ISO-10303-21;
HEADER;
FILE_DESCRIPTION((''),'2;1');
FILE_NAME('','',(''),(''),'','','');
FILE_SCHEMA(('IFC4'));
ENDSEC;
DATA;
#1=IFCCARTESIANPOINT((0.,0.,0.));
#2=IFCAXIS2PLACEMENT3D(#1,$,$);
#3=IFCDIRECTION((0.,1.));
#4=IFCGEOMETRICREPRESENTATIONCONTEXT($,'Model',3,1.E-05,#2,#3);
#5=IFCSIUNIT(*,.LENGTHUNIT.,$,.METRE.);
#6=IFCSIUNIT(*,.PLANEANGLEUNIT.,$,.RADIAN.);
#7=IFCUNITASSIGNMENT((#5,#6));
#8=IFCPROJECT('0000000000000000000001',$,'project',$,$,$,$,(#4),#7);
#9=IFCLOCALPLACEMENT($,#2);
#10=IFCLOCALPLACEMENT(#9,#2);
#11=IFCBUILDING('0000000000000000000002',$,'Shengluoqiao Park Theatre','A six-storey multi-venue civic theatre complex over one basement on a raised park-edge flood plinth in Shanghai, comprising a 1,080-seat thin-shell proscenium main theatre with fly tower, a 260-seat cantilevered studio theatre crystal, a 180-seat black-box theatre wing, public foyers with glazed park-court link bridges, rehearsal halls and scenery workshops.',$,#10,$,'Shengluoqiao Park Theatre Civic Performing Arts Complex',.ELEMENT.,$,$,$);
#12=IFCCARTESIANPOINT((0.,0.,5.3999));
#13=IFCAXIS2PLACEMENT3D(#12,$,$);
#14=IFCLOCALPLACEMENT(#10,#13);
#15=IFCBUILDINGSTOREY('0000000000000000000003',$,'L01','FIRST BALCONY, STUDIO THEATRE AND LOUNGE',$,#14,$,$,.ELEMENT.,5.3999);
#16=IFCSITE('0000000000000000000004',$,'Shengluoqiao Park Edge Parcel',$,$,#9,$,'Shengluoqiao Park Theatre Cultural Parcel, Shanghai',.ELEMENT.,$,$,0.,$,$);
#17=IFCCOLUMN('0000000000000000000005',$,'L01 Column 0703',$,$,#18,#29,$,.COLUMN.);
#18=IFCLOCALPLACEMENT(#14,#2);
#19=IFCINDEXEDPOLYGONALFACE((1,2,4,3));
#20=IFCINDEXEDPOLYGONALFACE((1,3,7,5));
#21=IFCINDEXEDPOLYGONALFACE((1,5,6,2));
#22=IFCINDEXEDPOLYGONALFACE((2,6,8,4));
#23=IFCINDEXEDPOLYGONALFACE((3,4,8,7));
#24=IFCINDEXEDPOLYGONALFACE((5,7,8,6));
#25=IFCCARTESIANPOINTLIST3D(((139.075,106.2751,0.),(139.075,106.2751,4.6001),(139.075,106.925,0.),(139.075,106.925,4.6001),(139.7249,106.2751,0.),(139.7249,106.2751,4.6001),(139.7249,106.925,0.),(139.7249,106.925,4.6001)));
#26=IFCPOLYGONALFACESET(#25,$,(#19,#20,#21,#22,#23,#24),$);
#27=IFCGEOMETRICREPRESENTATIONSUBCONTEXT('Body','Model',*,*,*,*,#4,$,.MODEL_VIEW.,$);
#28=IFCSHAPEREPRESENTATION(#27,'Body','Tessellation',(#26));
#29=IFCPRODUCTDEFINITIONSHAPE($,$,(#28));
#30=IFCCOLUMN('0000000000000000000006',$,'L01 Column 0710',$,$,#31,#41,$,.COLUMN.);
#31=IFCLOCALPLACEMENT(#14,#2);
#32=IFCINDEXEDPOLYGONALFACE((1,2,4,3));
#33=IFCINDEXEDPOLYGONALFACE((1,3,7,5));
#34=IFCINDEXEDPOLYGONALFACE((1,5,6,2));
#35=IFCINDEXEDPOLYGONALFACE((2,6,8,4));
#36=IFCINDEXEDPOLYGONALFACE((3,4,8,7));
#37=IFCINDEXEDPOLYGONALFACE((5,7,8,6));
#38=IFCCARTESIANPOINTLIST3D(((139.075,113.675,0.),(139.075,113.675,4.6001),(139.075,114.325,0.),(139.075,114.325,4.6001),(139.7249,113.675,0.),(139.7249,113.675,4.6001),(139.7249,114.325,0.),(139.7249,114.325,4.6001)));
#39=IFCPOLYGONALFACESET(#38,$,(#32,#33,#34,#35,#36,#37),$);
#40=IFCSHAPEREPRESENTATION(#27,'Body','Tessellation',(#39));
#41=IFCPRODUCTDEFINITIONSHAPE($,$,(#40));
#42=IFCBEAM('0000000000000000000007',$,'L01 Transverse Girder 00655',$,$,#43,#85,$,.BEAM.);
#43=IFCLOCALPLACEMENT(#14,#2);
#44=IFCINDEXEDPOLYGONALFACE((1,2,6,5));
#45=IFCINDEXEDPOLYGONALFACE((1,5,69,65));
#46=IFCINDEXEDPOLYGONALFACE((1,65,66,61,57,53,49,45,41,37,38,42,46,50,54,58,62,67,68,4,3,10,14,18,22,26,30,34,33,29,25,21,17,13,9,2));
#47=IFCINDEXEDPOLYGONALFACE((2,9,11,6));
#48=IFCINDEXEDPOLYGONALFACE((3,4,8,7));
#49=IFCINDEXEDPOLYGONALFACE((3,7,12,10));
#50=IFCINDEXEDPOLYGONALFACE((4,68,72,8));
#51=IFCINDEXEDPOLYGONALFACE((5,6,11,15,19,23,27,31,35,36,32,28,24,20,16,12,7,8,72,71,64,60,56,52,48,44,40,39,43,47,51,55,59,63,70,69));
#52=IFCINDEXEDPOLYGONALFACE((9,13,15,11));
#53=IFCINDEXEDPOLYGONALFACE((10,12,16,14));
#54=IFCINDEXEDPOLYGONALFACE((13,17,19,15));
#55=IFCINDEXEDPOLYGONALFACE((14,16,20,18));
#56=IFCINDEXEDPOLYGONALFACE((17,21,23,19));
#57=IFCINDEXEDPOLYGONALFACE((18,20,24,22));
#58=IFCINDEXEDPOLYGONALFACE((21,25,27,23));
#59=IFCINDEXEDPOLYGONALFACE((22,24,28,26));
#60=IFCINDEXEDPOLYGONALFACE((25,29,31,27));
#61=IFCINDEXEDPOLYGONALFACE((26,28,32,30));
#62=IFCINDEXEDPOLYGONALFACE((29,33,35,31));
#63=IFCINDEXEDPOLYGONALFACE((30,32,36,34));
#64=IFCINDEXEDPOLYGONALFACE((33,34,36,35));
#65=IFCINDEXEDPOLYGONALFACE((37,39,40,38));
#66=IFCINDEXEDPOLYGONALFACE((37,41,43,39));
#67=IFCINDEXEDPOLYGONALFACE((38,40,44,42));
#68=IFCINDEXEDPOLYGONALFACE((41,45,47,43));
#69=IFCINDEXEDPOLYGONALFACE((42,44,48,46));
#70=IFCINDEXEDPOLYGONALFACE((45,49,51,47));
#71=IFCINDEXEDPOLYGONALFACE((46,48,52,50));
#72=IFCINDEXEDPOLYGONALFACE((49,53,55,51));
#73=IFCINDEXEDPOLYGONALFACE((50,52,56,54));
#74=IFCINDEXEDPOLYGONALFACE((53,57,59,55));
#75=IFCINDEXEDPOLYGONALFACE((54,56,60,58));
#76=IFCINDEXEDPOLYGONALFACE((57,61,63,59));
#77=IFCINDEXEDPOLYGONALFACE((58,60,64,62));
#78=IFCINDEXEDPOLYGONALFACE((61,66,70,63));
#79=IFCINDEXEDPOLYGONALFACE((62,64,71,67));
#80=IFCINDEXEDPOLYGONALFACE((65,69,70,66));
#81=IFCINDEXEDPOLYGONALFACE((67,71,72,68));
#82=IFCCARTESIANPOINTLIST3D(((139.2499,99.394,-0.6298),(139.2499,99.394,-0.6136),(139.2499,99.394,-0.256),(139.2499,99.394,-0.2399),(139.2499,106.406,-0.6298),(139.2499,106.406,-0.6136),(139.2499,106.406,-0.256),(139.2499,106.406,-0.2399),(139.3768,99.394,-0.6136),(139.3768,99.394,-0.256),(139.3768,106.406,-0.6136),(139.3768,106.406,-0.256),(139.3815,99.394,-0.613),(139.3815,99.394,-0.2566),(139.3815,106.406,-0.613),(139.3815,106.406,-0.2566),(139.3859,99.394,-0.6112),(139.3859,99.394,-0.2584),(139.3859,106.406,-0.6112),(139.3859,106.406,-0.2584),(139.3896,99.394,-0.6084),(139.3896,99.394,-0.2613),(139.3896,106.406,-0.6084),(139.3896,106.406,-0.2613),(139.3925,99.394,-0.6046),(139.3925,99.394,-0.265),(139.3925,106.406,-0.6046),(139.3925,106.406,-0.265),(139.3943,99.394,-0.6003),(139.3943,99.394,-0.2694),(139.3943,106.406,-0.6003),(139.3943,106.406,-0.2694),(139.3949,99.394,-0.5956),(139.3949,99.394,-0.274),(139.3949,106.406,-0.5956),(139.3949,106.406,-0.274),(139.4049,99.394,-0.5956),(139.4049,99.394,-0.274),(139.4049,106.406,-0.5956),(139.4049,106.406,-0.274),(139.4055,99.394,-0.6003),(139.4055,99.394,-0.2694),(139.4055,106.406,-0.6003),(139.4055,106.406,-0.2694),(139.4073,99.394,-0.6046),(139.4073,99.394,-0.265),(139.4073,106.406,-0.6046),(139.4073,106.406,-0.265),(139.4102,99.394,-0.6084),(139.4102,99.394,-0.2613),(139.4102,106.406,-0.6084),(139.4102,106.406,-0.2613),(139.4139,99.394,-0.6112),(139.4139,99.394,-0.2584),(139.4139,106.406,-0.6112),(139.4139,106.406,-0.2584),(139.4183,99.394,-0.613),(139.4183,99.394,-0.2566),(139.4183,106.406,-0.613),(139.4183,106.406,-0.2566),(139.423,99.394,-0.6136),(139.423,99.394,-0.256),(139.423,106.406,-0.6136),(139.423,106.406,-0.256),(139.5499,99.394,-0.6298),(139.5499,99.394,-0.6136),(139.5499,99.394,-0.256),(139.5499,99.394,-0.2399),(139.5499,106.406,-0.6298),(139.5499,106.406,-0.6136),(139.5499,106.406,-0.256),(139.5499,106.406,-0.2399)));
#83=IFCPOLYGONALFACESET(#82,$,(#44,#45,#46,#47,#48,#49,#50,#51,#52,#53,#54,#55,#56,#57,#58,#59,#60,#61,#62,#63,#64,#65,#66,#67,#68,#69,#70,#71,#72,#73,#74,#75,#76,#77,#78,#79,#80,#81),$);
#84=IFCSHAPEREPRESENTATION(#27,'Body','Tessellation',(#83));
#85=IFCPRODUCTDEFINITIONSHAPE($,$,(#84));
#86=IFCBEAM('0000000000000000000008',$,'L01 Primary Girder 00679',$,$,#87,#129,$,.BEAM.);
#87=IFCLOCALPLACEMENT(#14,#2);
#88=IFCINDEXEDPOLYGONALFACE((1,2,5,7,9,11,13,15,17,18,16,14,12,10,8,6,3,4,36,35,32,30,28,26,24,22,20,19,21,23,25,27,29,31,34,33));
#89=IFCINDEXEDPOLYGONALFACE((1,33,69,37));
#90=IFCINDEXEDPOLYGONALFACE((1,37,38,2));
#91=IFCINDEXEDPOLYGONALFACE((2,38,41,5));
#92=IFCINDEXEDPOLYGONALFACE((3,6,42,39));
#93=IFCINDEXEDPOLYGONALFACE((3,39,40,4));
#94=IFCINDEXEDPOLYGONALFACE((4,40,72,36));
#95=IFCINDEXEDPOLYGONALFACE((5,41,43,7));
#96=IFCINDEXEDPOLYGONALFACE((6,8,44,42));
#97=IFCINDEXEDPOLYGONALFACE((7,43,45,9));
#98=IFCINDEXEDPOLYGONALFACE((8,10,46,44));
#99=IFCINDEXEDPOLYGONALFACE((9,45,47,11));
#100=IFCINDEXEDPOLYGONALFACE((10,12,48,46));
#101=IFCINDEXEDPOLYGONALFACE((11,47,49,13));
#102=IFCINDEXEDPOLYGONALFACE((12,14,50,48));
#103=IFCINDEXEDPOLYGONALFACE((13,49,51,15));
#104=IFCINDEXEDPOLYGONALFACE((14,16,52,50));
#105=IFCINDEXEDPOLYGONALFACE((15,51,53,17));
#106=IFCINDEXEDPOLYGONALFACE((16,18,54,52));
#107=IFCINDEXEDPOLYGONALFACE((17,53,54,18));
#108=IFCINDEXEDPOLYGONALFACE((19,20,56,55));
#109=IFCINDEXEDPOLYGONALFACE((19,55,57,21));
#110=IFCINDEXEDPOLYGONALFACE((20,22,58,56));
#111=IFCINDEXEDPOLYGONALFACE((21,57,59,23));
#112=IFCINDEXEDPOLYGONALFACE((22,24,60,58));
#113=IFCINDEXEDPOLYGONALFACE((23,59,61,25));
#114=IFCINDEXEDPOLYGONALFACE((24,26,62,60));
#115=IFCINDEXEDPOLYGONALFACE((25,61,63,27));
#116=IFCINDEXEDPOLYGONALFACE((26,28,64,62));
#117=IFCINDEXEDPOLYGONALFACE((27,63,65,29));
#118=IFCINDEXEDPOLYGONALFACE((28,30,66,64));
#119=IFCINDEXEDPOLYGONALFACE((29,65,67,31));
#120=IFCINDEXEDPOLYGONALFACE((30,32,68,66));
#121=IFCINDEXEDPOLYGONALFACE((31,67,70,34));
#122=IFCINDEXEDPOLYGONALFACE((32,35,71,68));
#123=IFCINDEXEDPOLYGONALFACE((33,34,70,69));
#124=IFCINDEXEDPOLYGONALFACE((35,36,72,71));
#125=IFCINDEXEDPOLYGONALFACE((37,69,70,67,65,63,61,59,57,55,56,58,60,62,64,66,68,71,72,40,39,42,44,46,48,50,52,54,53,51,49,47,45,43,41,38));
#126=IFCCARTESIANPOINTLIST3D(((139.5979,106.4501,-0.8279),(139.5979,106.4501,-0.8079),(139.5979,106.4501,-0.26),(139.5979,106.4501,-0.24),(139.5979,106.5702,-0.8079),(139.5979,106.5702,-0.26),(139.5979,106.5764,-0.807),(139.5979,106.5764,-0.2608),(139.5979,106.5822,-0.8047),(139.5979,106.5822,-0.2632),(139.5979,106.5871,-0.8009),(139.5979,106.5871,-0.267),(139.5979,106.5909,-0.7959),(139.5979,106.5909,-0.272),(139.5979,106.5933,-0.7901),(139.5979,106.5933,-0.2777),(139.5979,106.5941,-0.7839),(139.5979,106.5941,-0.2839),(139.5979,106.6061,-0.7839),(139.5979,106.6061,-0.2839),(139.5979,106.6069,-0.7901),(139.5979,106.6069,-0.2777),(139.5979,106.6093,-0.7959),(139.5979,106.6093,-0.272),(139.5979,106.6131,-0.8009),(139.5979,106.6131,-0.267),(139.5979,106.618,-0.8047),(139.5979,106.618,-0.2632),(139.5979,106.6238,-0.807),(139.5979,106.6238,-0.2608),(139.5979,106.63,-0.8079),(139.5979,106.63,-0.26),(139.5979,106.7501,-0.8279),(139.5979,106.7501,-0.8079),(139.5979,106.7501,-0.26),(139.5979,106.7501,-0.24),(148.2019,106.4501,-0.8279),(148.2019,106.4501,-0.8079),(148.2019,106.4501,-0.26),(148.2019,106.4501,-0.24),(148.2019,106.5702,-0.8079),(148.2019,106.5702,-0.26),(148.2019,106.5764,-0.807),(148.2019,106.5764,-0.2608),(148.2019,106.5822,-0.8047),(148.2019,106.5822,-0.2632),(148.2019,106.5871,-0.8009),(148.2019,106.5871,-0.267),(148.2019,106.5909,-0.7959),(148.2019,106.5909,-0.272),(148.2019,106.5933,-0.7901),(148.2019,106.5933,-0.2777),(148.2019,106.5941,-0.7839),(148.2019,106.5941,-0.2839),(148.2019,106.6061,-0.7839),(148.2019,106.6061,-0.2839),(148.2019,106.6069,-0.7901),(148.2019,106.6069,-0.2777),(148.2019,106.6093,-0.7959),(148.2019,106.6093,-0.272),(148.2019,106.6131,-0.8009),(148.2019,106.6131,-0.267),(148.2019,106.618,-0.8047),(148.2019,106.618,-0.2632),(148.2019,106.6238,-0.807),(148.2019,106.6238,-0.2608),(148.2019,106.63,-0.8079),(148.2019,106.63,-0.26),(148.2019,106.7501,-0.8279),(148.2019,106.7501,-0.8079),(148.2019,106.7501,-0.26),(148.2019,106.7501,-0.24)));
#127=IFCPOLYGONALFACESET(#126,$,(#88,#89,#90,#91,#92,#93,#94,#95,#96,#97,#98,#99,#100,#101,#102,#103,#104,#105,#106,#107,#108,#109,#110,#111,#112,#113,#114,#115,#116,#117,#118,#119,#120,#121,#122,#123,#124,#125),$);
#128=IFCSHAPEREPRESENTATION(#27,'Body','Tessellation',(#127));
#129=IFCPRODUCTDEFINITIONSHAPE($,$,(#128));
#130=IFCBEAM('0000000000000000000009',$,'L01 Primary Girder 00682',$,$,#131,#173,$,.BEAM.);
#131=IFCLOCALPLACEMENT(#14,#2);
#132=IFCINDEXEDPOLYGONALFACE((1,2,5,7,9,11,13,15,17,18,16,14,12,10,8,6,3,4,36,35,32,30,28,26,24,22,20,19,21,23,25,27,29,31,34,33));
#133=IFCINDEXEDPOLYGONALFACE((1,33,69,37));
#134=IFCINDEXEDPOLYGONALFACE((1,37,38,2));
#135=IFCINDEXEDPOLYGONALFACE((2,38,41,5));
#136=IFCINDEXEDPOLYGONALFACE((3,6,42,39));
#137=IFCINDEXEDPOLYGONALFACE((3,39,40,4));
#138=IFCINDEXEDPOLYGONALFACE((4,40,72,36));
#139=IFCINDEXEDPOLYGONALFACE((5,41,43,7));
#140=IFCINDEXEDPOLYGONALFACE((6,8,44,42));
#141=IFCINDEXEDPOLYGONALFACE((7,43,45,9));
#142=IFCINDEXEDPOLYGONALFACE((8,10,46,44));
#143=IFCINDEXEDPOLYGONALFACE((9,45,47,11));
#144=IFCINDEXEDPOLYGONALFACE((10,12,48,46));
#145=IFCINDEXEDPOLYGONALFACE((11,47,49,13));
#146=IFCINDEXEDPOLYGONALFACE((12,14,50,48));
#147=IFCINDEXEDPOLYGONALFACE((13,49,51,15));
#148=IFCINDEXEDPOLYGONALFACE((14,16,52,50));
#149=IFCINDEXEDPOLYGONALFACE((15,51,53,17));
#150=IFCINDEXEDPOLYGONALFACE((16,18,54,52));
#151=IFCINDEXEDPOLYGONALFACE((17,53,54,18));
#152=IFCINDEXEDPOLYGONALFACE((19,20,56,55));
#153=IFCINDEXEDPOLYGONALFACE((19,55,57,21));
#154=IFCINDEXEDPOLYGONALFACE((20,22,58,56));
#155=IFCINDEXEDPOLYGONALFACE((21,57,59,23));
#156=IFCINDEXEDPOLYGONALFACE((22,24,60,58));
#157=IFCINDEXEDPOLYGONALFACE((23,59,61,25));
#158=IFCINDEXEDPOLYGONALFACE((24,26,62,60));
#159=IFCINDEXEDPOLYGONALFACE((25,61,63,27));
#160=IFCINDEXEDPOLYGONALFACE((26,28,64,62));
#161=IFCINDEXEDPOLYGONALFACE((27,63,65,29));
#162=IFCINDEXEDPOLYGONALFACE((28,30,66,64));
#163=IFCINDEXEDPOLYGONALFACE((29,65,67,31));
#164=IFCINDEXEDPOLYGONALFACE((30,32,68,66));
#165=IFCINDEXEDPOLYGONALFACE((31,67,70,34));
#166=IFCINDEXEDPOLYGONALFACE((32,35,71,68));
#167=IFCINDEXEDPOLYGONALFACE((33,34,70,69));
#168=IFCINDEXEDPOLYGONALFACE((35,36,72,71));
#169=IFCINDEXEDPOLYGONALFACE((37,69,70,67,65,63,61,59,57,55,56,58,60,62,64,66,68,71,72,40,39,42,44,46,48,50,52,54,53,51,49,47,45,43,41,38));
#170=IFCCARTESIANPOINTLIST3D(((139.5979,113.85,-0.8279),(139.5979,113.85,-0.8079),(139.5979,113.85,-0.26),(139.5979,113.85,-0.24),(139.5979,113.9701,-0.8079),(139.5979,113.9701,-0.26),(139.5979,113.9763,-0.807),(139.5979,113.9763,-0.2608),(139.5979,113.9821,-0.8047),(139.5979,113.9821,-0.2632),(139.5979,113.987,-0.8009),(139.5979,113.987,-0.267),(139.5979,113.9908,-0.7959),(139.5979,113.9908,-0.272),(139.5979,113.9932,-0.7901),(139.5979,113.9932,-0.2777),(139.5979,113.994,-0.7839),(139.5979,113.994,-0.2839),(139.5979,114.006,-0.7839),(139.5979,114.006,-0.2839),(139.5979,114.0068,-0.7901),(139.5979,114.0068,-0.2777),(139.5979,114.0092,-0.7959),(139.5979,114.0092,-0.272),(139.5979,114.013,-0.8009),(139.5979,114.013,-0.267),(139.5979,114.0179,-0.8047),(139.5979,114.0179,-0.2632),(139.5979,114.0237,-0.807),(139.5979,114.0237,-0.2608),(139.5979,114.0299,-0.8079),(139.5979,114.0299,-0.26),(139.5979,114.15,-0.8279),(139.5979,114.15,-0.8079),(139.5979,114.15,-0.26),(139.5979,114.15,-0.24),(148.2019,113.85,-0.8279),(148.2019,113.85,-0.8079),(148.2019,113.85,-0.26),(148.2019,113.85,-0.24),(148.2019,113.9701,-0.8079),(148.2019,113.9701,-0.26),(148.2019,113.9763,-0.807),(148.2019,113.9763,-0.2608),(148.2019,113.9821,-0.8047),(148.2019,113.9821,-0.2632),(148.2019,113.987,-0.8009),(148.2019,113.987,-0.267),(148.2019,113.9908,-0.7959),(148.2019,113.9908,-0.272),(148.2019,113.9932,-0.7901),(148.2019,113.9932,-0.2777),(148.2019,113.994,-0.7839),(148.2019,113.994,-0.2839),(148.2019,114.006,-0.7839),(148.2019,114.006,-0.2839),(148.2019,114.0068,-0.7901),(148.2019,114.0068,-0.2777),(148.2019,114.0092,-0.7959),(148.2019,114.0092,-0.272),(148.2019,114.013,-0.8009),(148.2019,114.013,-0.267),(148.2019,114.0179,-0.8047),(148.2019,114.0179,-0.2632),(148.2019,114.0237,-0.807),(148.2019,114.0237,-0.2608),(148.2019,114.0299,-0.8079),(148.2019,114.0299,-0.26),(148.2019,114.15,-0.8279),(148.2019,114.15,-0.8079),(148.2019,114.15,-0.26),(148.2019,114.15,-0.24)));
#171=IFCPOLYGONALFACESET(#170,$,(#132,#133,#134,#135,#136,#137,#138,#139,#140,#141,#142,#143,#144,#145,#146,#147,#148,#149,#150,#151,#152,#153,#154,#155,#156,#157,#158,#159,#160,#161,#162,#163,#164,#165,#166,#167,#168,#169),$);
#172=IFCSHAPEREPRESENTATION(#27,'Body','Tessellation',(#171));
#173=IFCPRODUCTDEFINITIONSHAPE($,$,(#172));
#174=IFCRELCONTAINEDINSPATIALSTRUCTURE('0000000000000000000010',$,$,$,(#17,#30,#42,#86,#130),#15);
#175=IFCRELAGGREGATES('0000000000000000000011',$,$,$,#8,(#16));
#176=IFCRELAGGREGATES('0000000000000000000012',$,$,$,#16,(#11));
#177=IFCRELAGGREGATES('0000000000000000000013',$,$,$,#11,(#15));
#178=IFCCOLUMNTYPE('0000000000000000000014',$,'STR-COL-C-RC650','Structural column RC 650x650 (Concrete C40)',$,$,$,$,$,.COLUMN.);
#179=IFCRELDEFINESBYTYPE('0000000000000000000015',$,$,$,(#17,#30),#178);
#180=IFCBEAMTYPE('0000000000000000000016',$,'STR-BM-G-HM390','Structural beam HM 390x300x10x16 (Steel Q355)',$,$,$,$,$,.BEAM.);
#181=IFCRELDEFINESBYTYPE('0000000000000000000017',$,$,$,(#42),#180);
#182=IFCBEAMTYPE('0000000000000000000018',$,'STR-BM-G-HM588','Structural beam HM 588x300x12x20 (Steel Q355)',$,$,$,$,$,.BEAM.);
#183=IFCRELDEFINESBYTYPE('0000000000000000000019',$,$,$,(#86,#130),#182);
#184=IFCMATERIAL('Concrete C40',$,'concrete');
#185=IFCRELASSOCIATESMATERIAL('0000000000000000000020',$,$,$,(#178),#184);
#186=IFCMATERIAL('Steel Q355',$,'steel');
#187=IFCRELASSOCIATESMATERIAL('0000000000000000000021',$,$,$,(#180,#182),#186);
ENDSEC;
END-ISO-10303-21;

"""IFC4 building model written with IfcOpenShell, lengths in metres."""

from ifc_helpers import new_model, si_unit, direction, frame, origin, origin_2d, place, context, subcontext, project, spatial, rectangle, i_section, extrude, material, material_profile, profile_set, type_object, element, save


model = new_model("IFC4")

# Units and contexts
model_context = context("Model", 3, precision=1e-05, world=origin(), true_north=direction((0.0, 1.0)))
body_context = subcontext(model_context, "Body", "Model", "MODEL_VIEW")
ifc_project = project(units=[si_unit("LENGTHUNIT", "METRE"), si_unit("PLANEANGLEUNIT", "RADIAN")], contexts=[model_context])

# Site, building, storey
site_placement = place(None, origin())
site = spatial("IfcSite", under=ifc_project, at=site_placement, Name="Shengluoqiao Park Edge Parcel", LongName="Shengluoqiao Park Theatre Cultural Parcel, Shanghai", CompositionType="ELEMENT", RefElevation=0.0)
building_placement = place(site_placement, origin())
building = spatial("IfcBuilding", under=site, at=building_placement, Name="Shengluoqiao Park Theatre", Description="A six-storey multi-venue civic theatre complex over one basement on a raised park-edge flood plinth in Shanghai, comprising a 1,080-seat thin-shell proscenium main theatre with fly tower, a 260-seat cantilevered studio theatre crystal, a 180-seat black-box theatre wing, public foyers with glazed park-court link bridges, rehearsal halls and scenery workshops.", LongName="Shengluoqiao Park Theatre Civic Performing Arts Complex", CompositionType="ELEMENT")
storey_placement = place(building_placement, frame((0.0, 0.0, 5.3999)))
storey = spatial("IfcBuildingStorey", under=building, at=storey_placement, Name="L01", Description="FIRST BALCONY, STUDIO THEATRE AND LOUNGE", CompositionType="ELEMENT", Elevation=5.3999)

# Columns
ifc_material_1 = material(Name="Concrete C40", Category="concrete")
ifc_material_profile_1 = material_profile(ifc_material_1, rectangle(XDim=0.6499, YDim=0.6499, at=origin_2d()), Name="RC 650x650")
ifc_profile_set_1 = profile_set([ifc_material_profile_1], Name="Concrete C40")
column_type = type_object("IfcColumnType", Name="STR-COL-C-RC650", Description="Structural column RC 650x650 (Concrete C40)", PredefinedType="COLUMN", material=ifc_profile_set_1)
for number, where, z_axis, x_axis, name in (
    (1, (139.3999, 106.6001, 0.0), (0.0, 0.0, 1.0), (1.0, 0.0, 0.0), "L01 Column 0703"),
    (2, (139.3999, 114.0, 0.0), (0.0, 0.0, 1.0), (1.0, 0.0, 0.0), "L01 Column 0710"),
):
    element("IfcColumn", number, at=place(storey_placement, frame(where, z_axis=z_axis, x_axis=x_axis)), inside=storey, type_object=column_type, Name=name, PredefinedType="COLUMN", context=body_context, shape_type="SweptSolid", body=[
        extrude(rectangle(XDim=0.6499, YDim=0.6499, at=origin_2d()), origin(), (0.0, 0.0, 1.0), 4.6001),
    ])

# Beams
ifc_material_2 = material(Name="Steel Q355", Category="steel")
ifc_material_profile_2 = material_profile(ifc_material_2, i_section(OverallWidth=0.3, OverallDepth=0.3899, WebThickness=0.01, FlangeThickness=0.0161, FilletRadius=0.0181, at=origin_2d()), Name="HM 390x300x10x16")
ifc_profile_set_2 = profile_set([ifc_material_profile_2], Name="Steel Q355")
beam_type_1 = type_object("IfcBeamType", Name="STR-BM-G-HM390", Description="Structural beam HM 390x300x10x16 (Steel Q355)", PredefinedType="BEAM", material=ifc_profile_set_2)
beam_1_placement = place(storey_placement, frame((139.3999, 99.394, -0.4348), z_axis=(0.0, 1.0, 0.0), x_axis=(-1.0, 0.0, 0.0)))
element("IfcBeam", 3, at=beam_1_placement, inside=storey, type_object=beam_type_1, Name="L01 Transverse Girder 00655", PredefinedType="BEAM", context=body_context, shape_type="SweptSolid", body=[
    extrude(i_section(OverallWidth=0.3, OverallDepth=0.3899, WebThickness=0.01, FlangeThickness=0.0161, FilletRadius=0.0181, at=origin_2d()), origin(), (0.0, 0.0, 1.0), 7.012),
])
ifc_material_profile_3 = material_profile(ifc_material_2, i_section(OverallWidth=0.3, OverallDepth=0.5879, WebThickness=0.012, FlangeThickness=0.02, FilletRadius=0.0239, at=origin_2d()), Name="HM 588x300x12x20")
ifc_profile_set_3 = profile_set([ifc_material_profile_3], Name="Steel Q355")
beam_type_2 = type_object("IfcBeamType", Name="STR-BM-G-HM588", Description="Structural beam HM 588x300x12x20 (Steel Q355)", PredefinedType="BEAM", material=ifc_profile_set_3)
for number, where, z_axis, x_axis, name in (
    (4, (139.5979, 106.6001, -0.5339), (1.0, 0.0, 0.0), (0.0, 1.0, 0.0), "L01 Primary Girder 00679"),
    (5, (139.5979, 114.0, -0.5339), (1.0, 0.0, 0.0), (0.0, 1.0, 0.0), "L01 Primary Girder 00682"),
):
    element("IfcBeam", number, at=place(storey_placement, frame(where, z_axis=z_axis, x_axis=x_axis)), inside=storey, type_object=beam_type_2, Name=name, PredefinedType="BEAM", context=body_context, shape_type="SweptSolid", body=[
        extrude(i_section(OverallWidth=0.3, OverallDepth=0.5879, WebThickness=0.012, FlangeThickness=0.02, FilletRadius=0.0239, at=origin_2d()), origin(), (0.0, 0.0, 1.0), 8.604),
    ])

save(model, "model.ifc")
